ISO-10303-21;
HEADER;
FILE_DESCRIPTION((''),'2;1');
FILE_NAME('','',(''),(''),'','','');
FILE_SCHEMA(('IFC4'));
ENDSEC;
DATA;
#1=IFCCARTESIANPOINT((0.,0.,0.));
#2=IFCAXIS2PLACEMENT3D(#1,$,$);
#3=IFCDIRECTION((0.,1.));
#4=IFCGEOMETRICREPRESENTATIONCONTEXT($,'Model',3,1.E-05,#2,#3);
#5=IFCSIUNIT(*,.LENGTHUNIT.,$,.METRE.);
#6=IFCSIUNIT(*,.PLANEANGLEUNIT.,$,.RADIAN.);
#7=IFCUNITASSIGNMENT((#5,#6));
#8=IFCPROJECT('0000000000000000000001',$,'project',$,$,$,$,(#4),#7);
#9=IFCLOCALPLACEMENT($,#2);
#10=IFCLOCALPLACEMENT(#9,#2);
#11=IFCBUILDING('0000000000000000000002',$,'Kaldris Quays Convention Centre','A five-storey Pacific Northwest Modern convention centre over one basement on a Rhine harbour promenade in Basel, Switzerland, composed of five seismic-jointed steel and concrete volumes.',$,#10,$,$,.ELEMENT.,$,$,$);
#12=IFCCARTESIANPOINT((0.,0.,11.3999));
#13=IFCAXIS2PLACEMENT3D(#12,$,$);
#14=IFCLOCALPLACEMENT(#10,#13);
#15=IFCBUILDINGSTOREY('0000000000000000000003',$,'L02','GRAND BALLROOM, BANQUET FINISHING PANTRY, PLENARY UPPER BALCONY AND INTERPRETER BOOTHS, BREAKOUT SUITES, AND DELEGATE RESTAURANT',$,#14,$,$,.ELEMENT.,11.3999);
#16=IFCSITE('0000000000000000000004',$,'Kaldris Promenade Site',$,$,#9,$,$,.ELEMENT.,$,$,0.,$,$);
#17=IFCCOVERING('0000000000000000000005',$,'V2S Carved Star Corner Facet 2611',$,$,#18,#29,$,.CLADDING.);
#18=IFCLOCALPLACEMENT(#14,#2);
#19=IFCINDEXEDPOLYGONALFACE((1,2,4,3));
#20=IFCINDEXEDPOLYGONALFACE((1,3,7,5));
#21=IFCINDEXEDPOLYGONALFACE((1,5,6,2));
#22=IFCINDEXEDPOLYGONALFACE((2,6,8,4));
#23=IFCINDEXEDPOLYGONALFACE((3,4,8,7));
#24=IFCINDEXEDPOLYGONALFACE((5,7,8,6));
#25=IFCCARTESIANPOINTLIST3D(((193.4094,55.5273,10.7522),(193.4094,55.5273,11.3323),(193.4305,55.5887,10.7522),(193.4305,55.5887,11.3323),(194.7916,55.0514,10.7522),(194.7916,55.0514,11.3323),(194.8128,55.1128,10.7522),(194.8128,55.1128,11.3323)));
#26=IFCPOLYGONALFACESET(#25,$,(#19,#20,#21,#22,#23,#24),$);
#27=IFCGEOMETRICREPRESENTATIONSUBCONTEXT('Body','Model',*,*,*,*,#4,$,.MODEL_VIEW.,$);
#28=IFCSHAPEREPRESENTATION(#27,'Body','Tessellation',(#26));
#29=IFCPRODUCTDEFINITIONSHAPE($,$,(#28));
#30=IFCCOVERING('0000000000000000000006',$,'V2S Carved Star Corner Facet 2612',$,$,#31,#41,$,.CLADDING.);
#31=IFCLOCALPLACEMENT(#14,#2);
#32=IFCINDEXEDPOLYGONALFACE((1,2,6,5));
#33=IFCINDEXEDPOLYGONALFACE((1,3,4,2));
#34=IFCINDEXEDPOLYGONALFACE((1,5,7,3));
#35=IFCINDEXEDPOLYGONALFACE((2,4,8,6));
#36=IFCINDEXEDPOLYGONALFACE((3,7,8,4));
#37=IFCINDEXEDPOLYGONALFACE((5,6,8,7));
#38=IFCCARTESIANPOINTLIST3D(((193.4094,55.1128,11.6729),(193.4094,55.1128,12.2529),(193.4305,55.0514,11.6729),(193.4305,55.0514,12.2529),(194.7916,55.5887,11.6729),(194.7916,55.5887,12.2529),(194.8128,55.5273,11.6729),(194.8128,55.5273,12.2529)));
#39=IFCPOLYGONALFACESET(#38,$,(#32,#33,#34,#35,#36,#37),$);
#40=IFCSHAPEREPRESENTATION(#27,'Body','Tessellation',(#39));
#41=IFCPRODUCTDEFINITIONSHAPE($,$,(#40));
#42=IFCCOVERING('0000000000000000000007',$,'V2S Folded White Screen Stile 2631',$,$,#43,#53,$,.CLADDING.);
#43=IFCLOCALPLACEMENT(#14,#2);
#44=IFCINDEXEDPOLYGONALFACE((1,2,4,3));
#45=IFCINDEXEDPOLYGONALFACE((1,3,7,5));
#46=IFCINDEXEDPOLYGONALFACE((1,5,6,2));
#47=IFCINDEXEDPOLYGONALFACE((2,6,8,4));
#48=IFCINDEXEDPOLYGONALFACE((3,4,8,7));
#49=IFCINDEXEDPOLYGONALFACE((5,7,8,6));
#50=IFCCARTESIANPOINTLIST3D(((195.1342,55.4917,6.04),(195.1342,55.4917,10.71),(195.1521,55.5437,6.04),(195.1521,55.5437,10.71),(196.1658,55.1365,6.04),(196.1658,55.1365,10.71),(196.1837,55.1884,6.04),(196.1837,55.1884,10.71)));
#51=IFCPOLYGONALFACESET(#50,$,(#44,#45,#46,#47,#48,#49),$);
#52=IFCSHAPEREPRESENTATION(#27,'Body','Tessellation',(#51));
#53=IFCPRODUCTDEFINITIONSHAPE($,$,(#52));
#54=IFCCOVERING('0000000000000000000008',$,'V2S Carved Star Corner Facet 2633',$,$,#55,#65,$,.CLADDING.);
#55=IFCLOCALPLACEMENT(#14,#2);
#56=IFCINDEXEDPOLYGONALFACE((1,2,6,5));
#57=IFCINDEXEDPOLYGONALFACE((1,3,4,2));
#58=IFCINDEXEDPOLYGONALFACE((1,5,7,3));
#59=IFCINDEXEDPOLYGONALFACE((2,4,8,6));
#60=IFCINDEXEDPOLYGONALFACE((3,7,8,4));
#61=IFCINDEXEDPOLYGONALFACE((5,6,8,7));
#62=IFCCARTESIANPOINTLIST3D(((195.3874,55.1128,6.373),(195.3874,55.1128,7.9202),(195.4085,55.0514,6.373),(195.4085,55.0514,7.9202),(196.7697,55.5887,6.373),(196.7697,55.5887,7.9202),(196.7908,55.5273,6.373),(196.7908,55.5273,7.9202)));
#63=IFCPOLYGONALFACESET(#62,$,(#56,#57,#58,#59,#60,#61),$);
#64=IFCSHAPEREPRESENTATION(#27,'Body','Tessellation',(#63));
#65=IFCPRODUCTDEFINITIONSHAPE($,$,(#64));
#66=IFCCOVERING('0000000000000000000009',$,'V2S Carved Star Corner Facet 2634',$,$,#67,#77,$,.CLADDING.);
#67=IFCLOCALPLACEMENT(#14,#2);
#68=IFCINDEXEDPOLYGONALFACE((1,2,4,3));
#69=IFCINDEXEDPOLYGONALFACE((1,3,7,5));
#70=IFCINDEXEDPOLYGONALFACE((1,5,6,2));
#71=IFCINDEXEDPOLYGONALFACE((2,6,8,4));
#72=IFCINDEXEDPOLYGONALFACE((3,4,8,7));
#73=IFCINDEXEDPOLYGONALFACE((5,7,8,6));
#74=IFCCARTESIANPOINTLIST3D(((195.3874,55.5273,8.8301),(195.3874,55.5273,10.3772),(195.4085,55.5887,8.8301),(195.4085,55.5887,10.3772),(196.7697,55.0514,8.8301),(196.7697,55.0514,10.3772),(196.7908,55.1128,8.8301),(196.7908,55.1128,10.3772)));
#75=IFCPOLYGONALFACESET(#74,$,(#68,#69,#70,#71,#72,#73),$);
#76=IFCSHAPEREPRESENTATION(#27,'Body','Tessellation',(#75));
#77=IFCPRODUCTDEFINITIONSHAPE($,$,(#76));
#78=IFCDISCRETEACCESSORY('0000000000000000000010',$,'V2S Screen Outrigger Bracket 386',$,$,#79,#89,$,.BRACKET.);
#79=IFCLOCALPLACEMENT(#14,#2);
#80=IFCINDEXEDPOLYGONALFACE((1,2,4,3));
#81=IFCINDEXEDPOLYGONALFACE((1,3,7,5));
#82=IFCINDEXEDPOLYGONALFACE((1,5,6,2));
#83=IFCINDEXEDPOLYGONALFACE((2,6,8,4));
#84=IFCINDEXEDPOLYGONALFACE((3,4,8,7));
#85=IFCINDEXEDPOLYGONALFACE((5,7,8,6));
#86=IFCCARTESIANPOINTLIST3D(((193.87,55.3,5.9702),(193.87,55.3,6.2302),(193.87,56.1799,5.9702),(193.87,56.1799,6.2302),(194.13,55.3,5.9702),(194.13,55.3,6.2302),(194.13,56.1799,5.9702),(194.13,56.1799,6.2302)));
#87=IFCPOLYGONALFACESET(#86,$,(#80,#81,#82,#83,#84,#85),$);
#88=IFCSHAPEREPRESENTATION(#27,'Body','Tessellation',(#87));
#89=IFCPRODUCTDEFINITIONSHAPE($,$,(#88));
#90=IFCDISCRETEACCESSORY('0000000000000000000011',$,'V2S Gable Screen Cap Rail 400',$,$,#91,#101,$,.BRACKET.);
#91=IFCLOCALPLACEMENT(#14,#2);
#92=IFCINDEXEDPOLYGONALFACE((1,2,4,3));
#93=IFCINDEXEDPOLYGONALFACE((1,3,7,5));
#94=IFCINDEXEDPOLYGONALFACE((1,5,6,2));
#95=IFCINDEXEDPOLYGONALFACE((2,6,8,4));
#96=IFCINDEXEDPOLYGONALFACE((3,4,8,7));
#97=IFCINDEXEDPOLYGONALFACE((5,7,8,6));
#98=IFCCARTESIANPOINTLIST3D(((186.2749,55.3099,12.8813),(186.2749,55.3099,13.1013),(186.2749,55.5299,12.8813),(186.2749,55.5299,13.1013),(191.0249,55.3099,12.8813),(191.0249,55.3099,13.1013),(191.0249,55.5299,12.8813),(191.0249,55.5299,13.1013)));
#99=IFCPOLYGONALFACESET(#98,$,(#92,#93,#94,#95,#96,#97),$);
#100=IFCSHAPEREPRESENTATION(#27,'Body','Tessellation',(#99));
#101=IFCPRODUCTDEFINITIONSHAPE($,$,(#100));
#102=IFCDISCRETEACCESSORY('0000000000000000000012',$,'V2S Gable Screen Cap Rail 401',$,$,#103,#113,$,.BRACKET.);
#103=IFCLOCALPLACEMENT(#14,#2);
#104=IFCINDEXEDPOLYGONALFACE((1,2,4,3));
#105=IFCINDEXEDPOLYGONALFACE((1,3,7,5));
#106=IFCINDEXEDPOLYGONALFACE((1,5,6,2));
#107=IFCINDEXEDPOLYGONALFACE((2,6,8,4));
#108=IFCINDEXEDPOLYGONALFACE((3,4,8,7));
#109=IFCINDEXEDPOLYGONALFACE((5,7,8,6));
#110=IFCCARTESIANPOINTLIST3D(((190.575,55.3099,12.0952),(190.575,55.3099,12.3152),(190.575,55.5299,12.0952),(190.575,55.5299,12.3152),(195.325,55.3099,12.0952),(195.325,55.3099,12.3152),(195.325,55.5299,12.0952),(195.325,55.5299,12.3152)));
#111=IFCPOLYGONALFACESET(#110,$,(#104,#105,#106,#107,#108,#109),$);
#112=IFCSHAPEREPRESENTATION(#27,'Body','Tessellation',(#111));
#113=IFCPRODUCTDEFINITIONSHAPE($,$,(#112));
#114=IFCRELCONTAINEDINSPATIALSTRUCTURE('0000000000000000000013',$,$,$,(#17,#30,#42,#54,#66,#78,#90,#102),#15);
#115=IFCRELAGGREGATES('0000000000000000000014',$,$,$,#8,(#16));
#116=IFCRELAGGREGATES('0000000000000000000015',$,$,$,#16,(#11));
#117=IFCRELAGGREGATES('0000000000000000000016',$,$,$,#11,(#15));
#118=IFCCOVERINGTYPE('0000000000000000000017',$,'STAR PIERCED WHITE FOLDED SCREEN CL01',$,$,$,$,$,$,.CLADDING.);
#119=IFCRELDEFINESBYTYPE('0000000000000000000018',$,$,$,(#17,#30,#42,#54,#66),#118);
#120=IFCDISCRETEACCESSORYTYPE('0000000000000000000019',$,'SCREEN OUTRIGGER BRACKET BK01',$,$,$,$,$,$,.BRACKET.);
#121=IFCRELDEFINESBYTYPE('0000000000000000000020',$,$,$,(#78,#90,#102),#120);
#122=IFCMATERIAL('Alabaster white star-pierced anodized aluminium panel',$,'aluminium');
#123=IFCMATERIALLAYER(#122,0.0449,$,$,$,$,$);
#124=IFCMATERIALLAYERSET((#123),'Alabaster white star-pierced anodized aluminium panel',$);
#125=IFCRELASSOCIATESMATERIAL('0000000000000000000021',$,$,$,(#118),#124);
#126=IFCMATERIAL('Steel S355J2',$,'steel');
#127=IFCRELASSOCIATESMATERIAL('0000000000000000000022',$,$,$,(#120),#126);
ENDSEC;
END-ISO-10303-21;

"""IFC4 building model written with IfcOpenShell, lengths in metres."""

from ifc_helpers import new_model, si_unit, direction, frame, origin, origin_2d, place, context, subcontext, project, spatial, rectangle, extrude, material, layer, layer_set, type_object, element, save


model = new_model("IFC4")

# Units and contexts
model_context = context("Model", 3, precision=1e-05, world=origin(), true_north=direction((0.0, 1.0)))
body_context = subcontext(model_context, "Body", "Model", "MODEL_VIEW")
ifc_project = project(units=[si_unit("LENGTHUNIT", "METRE"), si_unit("PLANEANGLEUNIT", "RADIAN")], contexts=[model_context])

# Site, building, storey
site_placement = place(None, origin())
site = spatial("IfcSite", under=ifc_project, at=site_placement, Name="Kaldris Promenade Site", CompositionType="ELEMENT", RefElevation=0.0)
building_placement = place(site_placement, origin())
building = spatial("IfcBuilding", under=site, at=building_placement, Name="Kaldris Quays Convention Centre", Description="A five-storey Pacific Northwest Modern convention centre over one basement on a Rhine harbour promenade in Basel, Switzerland, composed of five seismic-jointed steel and concrete volumes.", CompositionType="ELEMENT")
storey_placement = place(building_placement, frame((0.0, 0.0, 11.3999)))
storey = spatial("IfcBuildingStorey", under=building, at=storey_placement, Name="L02", Description="GRAND BALLROOM, BANQUET FINISHING PANTRY, PLENARY UPPER BALCONY AND INTERPRETER BOOTHS, BREAKOUT SUITES, AND DELEGATE RESTAURANT", CompositionType="ELEMENT", Elevation=11.3999)

# Shared definitions
ifc_material_1 = material(Name="Steel S355J2", Category="steel")

# Coverings
ifc_material_2 = material(Name="Alabaster white star-pierced anodized aluminium panel", Category="aluminium")
ifc_layer = layer(ifc_material_2, 0.0449)
ifc_layer_set = layer_set([ifc_layer], Name="Alabaster white star-pierced anodized aluminium panel")
covering_type = type_object("IfcCoveringType", Name="STAR PIERCED WHITE FOLDED SCREEN CL01", PredefinedType="CLADDING", material=ifc_layer_set)
for number, where, z_axis, x_axis, name in (
    (1, (194.1111, 55.3201, 10.7522), (0.0, 0.0, 1.0), (0.945519, -0.325568, 0.0), "V2S Carved Star Corner Facet 2611"),
    (2, (194.1111, 55.3201, 11.6729), (0.0, 0.0, 1.0), (0.945519, 0.325568, 0.0), "V2S Carved Star Corner Facet 2612"),
):
    element("IfcCovering", number, at=place(storey_placement, frame(where, z_axis=z_axis, x_axis=x_axis)), inside=storey, type_object=covering_type, Name=name, PredefinedType="CLADDING", context=body_context, shape_type="SweptSolid", body=[
        extrude(rectangle(XDim=1.4619, YDim=0.0649, at=origin_2d()), origin(), (0.0, 0.0, 1.0), 0.5801),
    ])
covering_1_placement = place(storey_placement, frame((195.6589, 55.3401, 6.04), z_axis=(0.0, 0.0, 1.0), x_axis=(0.945519, -0.325568, 0.0)))
element("IfcCovering", 3, at=covering_1_placement, inside=storey, type_object=covering_type, Name="V2S Folded White Screen Stile 2631", PredefinedType="CLADDING", context=body_context, shape_type="SweptSolid", body=[
    extrude(rectangle(XDim=1.0911, YDim=0.0549, at=origin_2d()), origin(), (0.0, 0.0, 1.0), 4.6699),
])
for number, where, z_axis, x_axis, name in (
    (4, (196.0891, 55.3201, 6.373), (0.0, 0.0, 1.0), (0.945519, 0.325568, 0.0), "V2S Carved Star Corner Facet 2633"),
    (5, (196.0891, 55.3201, 8.8301), (0.0, 0.0, 1.0), (0.945519, -0.325568, 0.0), "V2S Carved Star Corner Facet 2634"),
):
    element("IfcCovering", number, at=place(storey_placement, frame(where, z_axis=z_axis, x_axis=x_axis)), inside=storey, type_object=covering_type, Name=name, PredefinedType="CLADDING", context=body_context, shape_type="SweptSolid", body=[
        extrude(rectangle(XDim=1.4619, YDim=0.0649, at=origin_2d()), origin(), (0.0, 0.0, 1.0), 1.5471),
    ])

# Discrete accessories
discrete_accessory_type = type_object("IfcDiscreteAccessoryType", Name="SCREEN OUTRIGGER BRACKET BK01", PredefinedType="BRACKET", material=ifc_material_1)
discrete_accessory_placement = place(storey_placement, frame((194.0, 55.74, 5.9702), z_axis=(0.0, 0.0, 1.0), x_axis=(1.0, 0.0, 0.0)))
element("IfcDiscreteAccessory", 6, at=discrete_accessory_placement, inside=storey, type_object=discrete_accessory_type, Name="V2S Screen Outrigger Bracket 386", PredefinedType="BRACKET", context=body_context, shape_type="SweptSolid", body=[
    extrude(rectangle(XDim=0.26, YDim=0.8799, at=origin_2d()), origin(), (0.0, 0.0, 1.0), 0.26),
])
for number, where, z_axis, x_axis, name in (
    (7, (188.6499, 55.4199, 12.8813), (0.0, 0.0, 1.0), (1.0, 0.0, 0.0), "V2S Gable Screen Cap Rail 400"),
    (8, (192.95, 55.4199, 12.0952), (0.0, 0.0, 1.0), (1.0, 0.0, 0.0), "V2S Gable Screen Cap Rail 401"),
):
    element("IfcDiscreteAccessory", number, at=place(storey_placement, frame(where, z_axis=z_axis, x_axis=x_axis)), inside=storey, type_object=discrete_accessory_type, Name=name, PredefinedType="BRACKET", context=body_context, shape_type="SweptSolid", body=[
        extrude(rectangle(XDim=4.75, YDim=0.22, at=origin_2d()), origin(), (0.0, 0.0, 1.0), 0.22),
    ])

save(model, "model.ifc")
